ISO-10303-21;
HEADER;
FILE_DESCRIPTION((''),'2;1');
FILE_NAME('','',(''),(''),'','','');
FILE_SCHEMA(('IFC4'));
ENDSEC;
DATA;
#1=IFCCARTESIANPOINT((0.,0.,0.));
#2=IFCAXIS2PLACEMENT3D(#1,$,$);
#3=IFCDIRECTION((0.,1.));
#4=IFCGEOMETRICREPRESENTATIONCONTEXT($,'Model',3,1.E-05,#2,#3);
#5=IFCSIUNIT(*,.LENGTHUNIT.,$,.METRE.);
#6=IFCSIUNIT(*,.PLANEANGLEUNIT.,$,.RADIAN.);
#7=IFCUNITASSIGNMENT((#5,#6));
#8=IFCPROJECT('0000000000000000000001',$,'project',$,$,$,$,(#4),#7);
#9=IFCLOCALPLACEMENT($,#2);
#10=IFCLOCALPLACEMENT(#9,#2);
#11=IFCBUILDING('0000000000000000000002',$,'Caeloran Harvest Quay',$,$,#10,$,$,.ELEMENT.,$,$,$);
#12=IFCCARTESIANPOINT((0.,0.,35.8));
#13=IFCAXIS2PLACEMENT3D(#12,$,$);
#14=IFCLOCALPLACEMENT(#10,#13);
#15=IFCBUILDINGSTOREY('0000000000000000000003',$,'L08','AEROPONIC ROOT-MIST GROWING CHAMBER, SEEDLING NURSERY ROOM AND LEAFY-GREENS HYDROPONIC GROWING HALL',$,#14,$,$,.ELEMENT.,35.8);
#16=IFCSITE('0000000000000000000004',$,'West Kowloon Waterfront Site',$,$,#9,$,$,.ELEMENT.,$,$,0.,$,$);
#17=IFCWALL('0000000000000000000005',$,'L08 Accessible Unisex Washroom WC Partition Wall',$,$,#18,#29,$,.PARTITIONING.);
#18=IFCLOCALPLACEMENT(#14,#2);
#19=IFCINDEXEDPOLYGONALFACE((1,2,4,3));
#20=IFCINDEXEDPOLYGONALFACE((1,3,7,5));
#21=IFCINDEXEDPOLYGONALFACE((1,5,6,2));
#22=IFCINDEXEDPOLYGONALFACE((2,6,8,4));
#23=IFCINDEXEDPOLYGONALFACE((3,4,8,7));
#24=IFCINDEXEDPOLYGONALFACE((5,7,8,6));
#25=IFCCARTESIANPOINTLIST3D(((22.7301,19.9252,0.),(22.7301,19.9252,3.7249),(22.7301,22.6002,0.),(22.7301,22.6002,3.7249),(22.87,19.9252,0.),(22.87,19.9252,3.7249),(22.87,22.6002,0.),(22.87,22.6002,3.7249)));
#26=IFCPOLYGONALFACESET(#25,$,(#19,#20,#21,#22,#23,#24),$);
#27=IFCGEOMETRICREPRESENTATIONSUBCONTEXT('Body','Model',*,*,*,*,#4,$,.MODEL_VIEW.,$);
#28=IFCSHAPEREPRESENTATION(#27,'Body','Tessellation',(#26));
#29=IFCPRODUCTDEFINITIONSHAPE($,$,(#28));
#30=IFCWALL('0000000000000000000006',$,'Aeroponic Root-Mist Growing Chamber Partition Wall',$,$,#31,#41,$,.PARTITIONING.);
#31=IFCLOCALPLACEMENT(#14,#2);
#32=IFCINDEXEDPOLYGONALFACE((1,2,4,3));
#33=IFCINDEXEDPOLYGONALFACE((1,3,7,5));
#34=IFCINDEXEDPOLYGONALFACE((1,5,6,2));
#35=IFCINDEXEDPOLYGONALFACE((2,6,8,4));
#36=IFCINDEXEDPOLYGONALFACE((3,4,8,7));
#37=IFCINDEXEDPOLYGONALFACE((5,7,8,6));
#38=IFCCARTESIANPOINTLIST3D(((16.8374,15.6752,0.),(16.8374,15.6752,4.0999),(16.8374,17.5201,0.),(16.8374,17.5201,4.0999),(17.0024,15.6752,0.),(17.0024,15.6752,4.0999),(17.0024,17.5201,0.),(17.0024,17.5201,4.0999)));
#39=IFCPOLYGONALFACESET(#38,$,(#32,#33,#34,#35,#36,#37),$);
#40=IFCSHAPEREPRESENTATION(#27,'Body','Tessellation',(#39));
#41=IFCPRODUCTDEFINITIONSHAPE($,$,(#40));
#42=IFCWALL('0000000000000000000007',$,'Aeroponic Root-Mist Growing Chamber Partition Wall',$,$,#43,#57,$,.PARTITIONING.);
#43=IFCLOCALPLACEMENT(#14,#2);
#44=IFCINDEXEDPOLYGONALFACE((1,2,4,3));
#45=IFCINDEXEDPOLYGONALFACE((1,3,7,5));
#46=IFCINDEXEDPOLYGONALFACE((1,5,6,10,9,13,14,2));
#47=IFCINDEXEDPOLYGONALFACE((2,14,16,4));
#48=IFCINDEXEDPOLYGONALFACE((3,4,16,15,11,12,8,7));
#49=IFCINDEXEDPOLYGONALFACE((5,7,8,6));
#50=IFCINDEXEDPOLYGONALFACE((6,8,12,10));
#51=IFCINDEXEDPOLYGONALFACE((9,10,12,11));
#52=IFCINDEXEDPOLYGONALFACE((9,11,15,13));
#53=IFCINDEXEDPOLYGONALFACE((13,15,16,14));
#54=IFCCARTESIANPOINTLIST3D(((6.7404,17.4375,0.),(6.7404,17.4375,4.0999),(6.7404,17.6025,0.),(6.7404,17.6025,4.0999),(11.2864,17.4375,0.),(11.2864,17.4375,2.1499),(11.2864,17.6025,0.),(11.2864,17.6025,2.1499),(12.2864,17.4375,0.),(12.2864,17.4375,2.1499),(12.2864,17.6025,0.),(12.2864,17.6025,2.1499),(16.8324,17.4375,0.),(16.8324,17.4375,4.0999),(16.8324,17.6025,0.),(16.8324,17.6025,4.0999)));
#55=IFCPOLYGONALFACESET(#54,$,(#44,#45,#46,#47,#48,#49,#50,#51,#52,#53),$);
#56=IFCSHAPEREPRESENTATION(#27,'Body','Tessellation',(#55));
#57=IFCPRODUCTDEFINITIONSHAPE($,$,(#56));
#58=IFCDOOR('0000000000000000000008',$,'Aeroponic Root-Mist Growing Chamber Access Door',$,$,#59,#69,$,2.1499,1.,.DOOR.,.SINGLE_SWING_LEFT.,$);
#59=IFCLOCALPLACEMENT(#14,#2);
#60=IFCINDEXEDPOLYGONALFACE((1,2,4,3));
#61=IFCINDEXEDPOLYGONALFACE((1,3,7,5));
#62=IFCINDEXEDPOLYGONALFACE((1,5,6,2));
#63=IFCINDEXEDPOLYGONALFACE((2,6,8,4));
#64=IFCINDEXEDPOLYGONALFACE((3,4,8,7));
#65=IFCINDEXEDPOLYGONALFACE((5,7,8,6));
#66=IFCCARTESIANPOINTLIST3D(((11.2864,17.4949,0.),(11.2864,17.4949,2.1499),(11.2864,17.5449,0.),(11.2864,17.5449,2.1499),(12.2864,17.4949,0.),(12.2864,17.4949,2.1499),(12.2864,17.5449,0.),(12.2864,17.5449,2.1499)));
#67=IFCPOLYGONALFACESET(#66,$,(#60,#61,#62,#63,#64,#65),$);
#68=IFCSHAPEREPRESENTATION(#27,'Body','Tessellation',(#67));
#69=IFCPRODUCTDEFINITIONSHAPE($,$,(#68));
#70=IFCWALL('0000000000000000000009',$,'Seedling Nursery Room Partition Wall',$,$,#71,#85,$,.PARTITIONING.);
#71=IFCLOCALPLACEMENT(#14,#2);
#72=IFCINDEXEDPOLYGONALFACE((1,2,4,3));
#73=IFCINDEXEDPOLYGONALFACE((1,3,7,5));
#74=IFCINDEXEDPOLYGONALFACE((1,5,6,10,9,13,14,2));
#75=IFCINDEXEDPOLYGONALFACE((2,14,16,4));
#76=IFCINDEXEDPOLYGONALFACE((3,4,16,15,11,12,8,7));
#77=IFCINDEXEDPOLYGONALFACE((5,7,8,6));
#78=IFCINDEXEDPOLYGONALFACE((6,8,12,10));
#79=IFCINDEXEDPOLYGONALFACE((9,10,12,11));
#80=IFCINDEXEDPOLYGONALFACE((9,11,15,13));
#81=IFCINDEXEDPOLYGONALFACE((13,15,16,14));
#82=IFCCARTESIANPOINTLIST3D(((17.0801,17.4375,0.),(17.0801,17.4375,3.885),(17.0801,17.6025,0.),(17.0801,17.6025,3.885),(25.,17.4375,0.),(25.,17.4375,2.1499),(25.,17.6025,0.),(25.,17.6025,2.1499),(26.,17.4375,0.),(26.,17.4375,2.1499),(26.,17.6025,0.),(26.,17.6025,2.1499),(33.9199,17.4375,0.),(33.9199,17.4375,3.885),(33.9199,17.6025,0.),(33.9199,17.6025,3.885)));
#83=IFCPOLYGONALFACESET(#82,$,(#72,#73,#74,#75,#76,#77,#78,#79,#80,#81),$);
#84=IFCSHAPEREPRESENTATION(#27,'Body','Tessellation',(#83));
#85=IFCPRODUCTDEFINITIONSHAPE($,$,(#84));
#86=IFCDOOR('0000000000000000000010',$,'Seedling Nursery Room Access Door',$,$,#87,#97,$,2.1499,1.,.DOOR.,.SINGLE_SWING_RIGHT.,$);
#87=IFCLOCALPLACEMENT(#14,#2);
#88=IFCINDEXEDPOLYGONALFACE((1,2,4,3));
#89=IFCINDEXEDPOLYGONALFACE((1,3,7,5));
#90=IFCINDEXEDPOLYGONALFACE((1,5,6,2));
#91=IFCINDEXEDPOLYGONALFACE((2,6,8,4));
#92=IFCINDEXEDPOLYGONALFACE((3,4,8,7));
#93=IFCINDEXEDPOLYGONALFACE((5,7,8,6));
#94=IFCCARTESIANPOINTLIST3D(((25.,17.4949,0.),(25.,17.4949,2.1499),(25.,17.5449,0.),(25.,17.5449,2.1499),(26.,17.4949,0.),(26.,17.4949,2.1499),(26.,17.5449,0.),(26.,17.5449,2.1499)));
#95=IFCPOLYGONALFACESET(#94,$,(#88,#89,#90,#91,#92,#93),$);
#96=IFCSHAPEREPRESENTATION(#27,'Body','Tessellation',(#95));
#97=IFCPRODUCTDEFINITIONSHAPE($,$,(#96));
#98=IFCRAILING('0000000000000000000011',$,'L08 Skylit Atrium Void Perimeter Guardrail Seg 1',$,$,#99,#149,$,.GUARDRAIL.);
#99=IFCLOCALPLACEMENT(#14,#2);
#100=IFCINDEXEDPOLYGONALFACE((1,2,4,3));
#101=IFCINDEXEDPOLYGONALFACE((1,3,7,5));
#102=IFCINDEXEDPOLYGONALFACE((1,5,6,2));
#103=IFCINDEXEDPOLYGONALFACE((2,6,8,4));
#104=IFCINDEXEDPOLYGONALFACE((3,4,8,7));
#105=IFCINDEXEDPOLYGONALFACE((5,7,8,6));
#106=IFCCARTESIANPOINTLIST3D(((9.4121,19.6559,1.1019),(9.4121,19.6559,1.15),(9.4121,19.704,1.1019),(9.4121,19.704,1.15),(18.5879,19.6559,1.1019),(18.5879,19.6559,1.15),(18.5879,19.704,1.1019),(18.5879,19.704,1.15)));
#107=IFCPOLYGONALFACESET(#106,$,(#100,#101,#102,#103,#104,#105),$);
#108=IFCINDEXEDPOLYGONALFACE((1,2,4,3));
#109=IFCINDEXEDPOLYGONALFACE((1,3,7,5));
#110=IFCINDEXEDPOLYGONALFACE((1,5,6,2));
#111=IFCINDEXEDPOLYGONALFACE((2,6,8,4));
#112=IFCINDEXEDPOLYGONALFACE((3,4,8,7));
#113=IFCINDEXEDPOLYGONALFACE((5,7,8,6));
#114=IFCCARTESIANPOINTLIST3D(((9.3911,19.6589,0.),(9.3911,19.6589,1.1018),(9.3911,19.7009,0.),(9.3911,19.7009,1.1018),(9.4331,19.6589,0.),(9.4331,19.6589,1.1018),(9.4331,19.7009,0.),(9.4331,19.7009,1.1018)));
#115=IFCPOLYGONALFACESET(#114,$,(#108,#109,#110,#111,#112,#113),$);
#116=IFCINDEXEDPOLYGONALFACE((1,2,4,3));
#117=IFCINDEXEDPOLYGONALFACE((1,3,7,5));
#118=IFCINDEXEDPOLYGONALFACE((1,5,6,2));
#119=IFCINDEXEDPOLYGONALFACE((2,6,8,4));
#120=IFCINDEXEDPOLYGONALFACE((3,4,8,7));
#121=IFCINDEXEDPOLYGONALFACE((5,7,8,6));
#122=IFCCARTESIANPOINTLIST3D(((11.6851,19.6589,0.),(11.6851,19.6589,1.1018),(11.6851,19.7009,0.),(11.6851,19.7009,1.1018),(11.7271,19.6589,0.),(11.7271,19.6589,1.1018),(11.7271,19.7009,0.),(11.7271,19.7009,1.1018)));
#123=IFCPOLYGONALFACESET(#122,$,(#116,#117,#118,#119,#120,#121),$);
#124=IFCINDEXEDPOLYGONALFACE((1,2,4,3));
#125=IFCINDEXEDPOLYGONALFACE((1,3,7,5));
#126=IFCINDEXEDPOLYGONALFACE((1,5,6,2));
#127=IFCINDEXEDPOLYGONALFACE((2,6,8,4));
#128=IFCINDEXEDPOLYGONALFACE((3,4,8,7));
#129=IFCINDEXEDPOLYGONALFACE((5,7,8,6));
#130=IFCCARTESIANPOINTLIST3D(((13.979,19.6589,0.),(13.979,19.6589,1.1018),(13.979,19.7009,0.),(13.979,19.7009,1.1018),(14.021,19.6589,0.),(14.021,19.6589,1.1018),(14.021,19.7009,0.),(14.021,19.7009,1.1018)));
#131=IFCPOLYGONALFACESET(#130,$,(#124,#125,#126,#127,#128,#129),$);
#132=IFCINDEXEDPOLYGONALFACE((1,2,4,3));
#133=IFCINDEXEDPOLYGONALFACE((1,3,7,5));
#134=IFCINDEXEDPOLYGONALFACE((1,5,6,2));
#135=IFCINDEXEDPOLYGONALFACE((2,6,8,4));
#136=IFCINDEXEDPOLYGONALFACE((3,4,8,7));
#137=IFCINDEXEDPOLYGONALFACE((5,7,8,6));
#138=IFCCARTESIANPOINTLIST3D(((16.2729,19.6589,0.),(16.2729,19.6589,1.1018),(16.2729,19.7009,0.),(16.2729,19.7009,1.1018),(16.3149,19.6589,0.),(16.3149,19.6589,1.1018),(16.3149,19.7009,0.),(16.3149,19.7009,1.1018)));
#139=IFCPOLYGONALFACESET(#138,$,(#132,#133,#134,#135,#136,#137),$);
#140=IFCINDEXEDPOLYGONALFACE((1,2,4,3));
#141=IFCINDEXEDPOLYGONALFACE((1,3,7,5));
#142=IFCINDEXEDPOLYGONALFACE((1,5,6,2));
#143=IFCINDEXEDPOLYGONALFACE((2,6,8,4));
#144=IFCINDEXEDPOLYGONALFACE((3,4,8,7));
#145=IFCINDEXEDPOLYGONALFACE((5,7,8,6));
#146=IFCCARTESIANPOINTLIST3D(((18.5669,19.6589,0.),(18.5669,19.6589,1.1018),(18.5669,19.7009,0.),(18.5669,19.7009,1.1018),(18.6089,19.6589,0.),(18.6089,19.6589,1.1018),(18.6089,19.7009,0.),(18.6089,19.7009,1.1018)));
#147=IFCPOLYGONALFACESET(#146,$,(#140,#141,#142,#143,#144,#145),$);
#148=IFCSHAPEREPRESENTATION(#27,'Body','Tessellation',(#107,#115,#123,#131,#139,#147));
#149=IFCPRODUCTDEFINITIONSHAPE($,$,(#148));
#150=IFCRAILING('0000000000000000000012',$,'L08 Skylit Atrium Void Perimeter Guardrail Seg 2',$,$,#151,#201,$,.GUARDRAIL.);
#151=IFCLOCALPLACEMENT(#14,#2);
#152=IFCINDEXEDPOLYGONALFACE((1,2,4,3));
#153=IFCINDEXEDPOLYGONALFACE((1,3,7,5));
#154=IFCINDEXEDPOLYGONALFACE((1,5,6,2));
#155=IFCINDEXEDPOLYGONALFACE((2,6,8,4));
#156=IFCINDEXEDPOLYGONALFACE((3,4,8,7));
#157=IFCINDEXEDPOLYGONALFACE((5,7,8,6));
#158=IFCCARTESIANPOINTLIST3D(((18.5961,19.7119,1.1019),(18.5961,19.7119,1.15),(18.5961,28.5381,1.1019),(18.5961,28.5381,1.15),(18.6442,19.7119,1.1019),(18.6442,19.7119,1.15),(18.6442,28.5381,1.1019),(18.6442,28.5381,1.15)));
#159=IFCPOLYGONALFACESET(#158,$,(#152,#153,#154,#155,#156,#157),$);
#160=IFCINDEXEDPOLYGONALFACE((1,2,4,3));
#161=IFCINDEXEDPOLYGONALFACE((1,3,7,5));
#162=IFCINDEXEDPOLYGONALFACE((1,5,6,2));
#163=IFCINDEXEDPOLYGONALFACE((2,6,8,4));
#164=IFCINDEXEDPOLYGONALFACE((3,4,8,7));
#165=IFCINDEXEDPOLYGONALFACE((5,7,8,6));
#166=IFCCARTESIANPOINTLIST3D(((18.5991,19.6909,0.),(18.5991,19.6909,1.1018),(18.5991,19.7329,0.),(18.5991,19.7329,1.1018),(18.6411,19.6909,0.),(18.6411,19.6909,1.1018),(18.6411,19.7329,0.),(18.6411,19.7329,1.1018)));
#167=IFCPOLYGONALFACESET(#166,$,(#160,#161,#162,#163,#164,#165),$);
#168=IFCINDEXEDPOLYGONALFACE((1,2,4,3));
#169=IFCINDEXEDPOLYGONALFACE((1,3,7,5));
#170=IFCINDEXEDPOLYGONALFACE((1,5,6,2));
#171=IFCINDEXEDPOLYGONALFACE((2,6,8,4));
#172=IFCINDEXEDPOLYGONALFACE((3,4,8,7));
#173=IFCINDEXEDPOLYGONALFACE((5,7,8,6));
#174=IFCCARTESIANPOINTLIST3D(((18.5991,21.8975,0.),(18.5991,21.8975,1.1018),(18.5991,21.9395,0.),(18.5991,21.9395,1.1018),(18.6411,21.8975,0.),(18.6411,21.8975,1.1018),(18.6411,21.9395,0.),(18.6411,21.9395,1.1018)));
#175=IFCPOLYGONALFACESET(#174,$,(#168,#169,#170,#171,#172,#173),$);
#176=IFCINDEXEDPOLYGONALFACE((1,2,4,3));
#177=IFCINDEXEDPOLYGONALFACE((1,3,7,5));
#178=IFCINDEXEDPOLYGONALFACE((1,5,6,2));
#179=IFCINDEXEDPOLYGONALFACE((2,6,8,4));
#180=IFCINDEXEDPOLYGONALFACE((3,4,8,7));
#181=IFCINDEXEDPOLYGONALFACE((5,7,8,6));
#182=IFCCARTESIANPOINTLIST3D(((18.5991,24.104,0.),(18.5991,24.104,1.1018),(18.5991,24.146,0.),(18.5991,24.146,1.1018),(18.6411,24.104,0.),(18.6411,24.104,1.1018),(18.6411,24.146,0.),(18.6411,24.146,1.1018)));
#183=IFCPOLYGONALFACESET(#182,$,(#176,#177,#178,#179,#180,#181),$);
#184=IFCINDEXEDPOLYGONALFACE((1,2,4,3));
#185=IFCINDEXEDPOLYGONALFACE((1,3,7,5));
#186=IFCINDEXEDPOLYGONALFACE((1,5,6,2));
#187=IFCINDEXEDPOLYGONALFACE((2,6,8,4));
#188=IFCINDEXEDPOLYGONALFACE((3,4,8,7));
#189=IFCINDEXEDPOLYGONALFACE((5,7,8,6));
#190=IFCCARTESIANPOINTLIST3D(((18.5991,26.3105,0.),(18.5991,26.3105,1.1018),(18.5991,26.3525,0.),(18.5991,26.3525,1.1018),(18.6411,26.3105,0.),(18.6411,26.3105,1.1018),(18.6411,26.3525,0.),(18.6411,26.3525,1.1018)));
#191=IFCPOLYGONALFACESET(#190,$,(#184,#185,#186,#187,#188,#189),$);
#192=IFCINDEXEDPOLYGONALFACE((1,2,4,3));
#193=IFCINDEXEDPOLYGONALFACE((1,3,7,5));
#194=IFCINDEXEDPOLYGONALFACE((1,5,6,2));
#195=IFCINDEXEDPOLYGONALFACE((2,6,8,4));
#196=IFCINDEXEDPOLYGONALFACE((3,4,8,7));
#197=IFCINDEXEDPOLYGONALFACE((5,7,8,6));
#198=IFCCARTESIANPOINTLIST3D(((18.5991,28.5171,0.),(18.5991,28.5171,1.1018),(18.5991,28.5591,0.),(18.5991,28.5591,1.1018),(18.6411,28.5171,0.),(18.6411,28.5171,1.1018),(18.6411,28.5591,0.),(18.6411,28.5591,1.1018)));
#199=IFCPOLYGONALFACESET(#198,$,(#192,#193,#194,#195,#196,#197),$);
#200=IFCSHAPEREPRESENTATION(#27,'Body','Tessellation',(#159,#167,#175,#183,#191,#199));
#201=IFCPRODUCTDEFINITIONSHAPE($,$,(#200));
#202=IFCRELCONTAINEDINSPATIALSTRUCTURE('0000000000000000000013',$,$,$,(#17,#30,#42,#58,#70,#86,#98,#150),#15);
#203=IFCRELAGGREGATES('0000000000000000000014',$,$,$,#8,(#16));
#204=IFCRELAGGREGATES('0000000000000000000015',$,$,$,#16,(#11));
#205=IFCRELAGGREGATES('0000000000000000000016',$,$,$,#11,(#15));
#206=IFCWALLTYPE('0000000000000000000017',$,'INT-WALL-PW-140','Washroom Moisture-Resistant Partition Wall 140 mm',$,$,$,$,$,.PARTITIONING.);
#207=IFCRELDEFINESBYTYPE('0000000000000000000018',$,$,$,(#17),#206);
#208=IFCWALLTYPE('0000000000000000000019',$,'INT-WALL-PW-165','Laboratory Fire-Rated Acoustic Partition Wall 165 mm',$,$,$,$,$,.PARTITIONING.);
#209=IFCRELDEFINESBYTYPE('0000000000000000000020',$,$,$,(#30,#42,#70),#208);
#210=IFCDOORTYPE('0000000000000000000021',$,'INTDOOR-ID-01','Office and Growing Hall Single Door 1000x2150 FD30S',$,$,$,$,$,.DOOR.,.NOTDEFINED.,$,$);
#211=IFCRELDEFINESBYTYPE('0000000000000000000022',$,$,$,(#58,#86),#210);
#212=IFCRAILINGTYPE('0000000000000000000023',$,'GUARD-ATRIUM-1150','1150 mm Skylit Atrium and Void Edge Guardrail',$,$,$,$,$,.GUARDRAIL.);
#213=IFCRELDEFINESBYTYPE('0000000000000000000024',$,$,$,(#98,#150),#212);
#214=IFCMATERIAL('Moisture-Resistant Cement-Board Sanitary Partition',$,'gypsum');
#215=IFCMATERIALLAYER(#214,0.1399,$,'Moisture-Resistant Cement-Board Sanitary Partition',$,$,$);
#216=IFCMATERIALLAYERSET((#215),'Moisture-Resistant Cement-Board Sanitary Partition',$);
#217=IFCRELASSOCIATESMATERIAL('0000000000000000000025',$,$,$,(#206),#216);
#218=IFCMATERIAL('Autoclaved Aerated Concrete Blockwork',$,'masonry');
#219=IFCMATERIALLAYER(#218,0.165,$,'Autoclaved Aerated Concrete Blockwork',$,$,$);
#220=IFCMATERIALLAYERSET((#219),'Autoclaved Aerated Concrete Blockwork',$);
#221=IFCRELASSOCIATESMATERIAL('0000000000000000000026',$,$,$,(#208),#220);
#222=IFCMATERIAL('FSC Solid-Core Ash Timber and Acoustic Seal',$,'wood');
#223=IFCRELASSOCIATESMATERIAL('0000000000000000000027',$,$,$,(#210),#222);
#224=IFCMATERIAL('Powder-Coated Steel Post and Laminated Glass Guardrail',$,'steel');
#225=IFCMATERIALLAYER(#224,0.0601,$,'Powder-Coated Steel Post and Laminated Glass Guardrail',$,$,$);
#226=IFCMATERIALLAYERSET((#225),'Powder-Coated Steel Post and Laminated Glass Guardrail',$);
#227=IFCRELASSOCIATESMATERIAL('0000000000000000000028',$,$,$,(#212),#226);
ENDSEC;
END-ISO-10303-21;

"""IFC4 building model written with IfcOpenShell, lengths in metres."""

from ifc_helpers import new_model, si_unit, direction, frame, frame_2d, origin, origin_2d, place, context, subcontext, project, spatial, rectangle, extrude, material, layer, layer_set, type_object, element, fill, save


model = new_model("IFC4")

# Units and contexts
model_context = context("Model", 3, precision=1e-05, world=origin(), true_north=direction((0.0, 1.0)))
body_context = subcontext(model_context, "Body", "Model", "MODEL_VIEW")
ifc_project = project(units=[si_unit("LENGTHUNIT", "METRE"), si_unit("PLANEANGLEUNIT", "RADIAN")], contexts=[model_context])

# Site, building, storey
site_placement = place(None, origin())
site = spatial("IfcSite", under=ifc_project, at=site_placement, Name="West Kowloon Waterfront Site", CompositionType="ELEMENT", RefElevation=0.0)
building_placement = place(site_placement, origin())
building = spatial("IfcBuilding", under=site, at=building_placement, Name="Caeloran Harvest Quay", CompositionType="ELEMENT")
storey_placement = place(building_placement, frame((0.0, 0.0, 35.8)))
storey = spatial("IfcBuildingStorey", under=building, at=storey_placement, Name="L08", Description="AEROPONIC ROOT-MIST GROWING CHAMBER, SEEDLING NURSERY ROOM AND LEAFY-GREENS HYDROPONIC GROWING HALL", CompositionType="ELEMENT", Elevation=35.8)

# Shared definitions
ifc_material_1 = material(Name="Moisture-Resistant Cement-Board Sanitary Partition", Category="gypsum")
ifc_layer_1 = layer(ifc_material_1, 0.1399, Name="Moisture-Resistant Cement-Board Sanitary Partition")
ifc_layer_set_1 = layer_set([ifc_layer_1], Name="Moisture-Resistant Cement-Board Sanitary Partition")
wall_type_1 = type_object("IfcWallType", Name="INT-WALL-PW-140", Description="Washroom Moisture-Resistant Partition Wall 140 mm", PredefinedType="PARTITIONING", material=ifc_layer_set_1)

# Walls
wall_1_placement = place(storey_placement, frame((22.8, 22.6001, 0.0), z_axis=(0.0, 0.0, 1.0), x_axis=(0.0, -1.0, 0.0)))
element("IfcWall", 1, at=wall_1_placement, inside=storey, type_object=wall_type_1, Name="L08 Accessible Unisex Washroom WC Partition Wall", PredefinedType="PARTITIONING", context=body_context, shape_type="SweptSolid", body=[
    extrude(rectangle(XDim=2.675, YDim=0.1399, at=frame_2d((1.3374, 0.0))), origin(), (0.0, 0.0, 1.0), 3.7249),
])
ifc_material_2 = material(Name="Autoclaved Aerated Concrete Blockwork", Category="masonry")
ifc_layer_2 = layer(ifc_material_2, 0.165, Name="Autoclaved Aerated Concrete Blockwork")
ifc_layer_set_2 = layer_set([ifc_layer_2], Name="Autoclaved Aerated Concrete Blockwork")
wall_type_2 = type_object("IfcWallType", Name="INT-WALL-PW-165", Description="Laboratory Fire-Rated Acoustic Partition Wall 165 mm", PredefinedType="PARTITIONING", material=ifc_layer_set_2)
wall_2_placement = place(storey_placement, frame((16.9199, 17.52, 0.0), z_axis=(0.0, 0.0, 1.0), x_axis=(0.0, -1.0, 0.0)))
element("IfcWall", 2, at=wall_2_placement, inside=storey, type_object=wall_type_2, Name="Aeroponic Root-Mist Growing Chamber Partition Wall", PredefinedType="PARTITIONING", context=body_context, shape_type="SweptSolid", body=[
    extrude(rectangle(XDim=1.845, YDim=0.165, at=frame_2d((0.9224, 0.0))), origin(), (0.0, 0.0, 1.0), 4.0999),
])

# Walls, openings, doors
wall_3_placement = place(storey_placement, frame((6.7405, 17.52, 0.0), z_axis=(0.0, 0.0, 1.0), x_axis=(1.0, 0.0, 0.0)))
wall_3 = element("IfcWall", 3, at=wall_3_placement, inside=storey, type_object=wall_type_2, Name="Aeroponic Root-Mist Growing Chamber Partition Wall", PredefinedType="PARTITIONING", context=body_context, shape_type="SweptSolid", body=[
    extrude(rectangle(XDim=10.092, YDim=0.165, at=frame_2d((5.0459, 0.0))), origin(), (0.0, 0.0, 1.0), 4.0999),
])
opening_1_placement = place(wall_3_placement, frame((4.5459, 0.0, 0.0)))
opening_1 = element("IfcOpeningElement", 4, at=opening_1_placement, cuts=wall_3, PredefinedType="OPENING", context=body_context, shape_type="SweptSolid", body=[
    extrude(rectangle(XDim=1.0, YDim=2.1499, at=frame_2d((0.5, 1.075))), frame((0.0, 0.0925, 0.0), z_axis=(0.0, -1.0, 0.0), x_axis=(1.0, 0.0, 0.0)), (0.0, 0.0, 1.0), 0.1851),
])
ifc_material_3 = material(Name="FSC Solid-Core Ash Timber and Acoustic Seal", Category="wood")
door_type_1 = type_object("IfcDoorType", Name="INTDOOR-ID-01", Description="Office and Growing Hall Single Door 1000x2150 FD30S", OperationType="NOTDEFINED", PredefinedType="DOOR", material=ifc_material_3)
door_1_placement = place(opening_1_placement, origin())
door_1 = element("IfcDoor", 5, at=door_1_placement, inside=storey, type_object=door_type_1, Name="Aeroponic Root-Mist Growing Chamber Access Door", OperationType="SINGLE_SWING_LEFT", OverallHeight=2.1499, OverallWidth=1.0, PredefinedType="DOOR", context=body_context, shape_type="SweptSolid", body=[
    extrude(rectangle(XDim=1.0, YDim=2.1499, at=frame_2d((0.5, 1.075))), frame((0.0, 0.0249, 0.0), z_axis=(0.0, -1.0, 0.0), x_axis=(1.0, 0.0, 0.0)), (0.0, 0.0, 1.0), 0.05),
])
fill(opening_1, door_1)
wall_4_placement = place(storey_placement, frame((17.0801, 17.52, 0.0), z_axis=(0.0, 0.0, 1.0), x_axis=(1.0, 0.0, 0.0)))
wall_4 = element("IfcWall", 6, at=wall_4_placement, inside=storey, type_object=wall_type_2, Name="Seedling Nursery Room Partition Wall", PredefinedType="PARTITIONING", context=body_context, shape_type="SweptSolid", body=[
    extrude(rectangle(XDim=16.8398, YDim=0.165, at=frame_2d((8.4199, 0.0))), origin(), (0.0, 0.0, 1.0), 3.885),
])
opening_2_placement = place(wall_4_placement, frame((7.9199, 0.0, 0.0)))
opening_2 = element("IfcOpeningElement", 7, at=opening_2_placement, cuts=wall_4, PredefinedType="OPENING", context=body_context, shape_type="SweptSolid", body=[
    extrude(rectangle(XDim=1.0, YDim=2.1499, at=frame_2d((0.5, 1.075))), frame((0.0, 0.0925, 0.0), z_axis=(0.0, -1.0, 0.0), x_axis=(1.0, 0.0, 0.0)), (0.0, 0.0, 1.0), 0.1851),
])
door_2_placement = place(opening_2_placement, origin())
door_2 = element("IfcDoor", 8, at=door_2_placement, inside=storey, type_object=door_type_1, Name="Seedling Nursery Room Access Door", OperationType="SINGLE_SWING_RIGHT", OverallHeight=2.1499, OverallWidth=1.0, PredefinedType="DOOR", context=body_context, shape_type="SweptSolid", body=[
    extrude(rectangle(XDim=1.0, YDim=2.1499, at=frame_2d((0.5, 1.075))), frame((0.0, 0.0249, 0.0), z_axis=(0.0, -1.0, 0.0), x_axis=(1.0, 0.0, 0.0)), (0.0, 0.0, 1.0), 0.05),
])
fill(opening_2, door_2)

# Railings
ifc_material_4 = material(Name="Powder-Coated Steel Post and Laminated Glass Guardrail", Category="steel")
ifc_layer_3 = layer(ifc_material_4, 0.0601, Name="Powder-Coated Steel Post and Laminated Glass Guardrail")
ifc_layer_set_3 = layer_set([ifc_layer_3], Name="Powder-Coated Steel Post and Laminated Glass Guardrail")
railing_type = type_object("IfcRailingType", Name="GUARD-ATRIUM-1150", Description="1150 mm Skylit Atrium and Void Edge Guardrail", PredefinedType="GUARDRAIL", material=ifc_layer_set_3)
railing_1_placement = place(storey_placement, frame((9.4121, 19.6799, 0.0)))
element("IfcRailing", 9, at=railing_1_placement, inside=storey, type_object=railing_type, Name="L08 Skylit Atrium Void Perimeter Guardrail Seg 1", PredefinedType="GUARDRAIL", context=body_context, shape_type="SweptSolid", body=[
    extrude(rectangle(XDim=0.0481, YDim=0.0481, at=origin_2d()), frame((0.0, 0.0, 1.126), z_axis=(1.0, 0.0, 0.0), x_axis=(0.0, 1.0, 0.0)), (0.0, 0.0, 1.0), 9.1758),
    extrude(rectangle(XDim=0.042, YDim=0.042, at=origin_2d()), origin(), (0.0, 0.0, 1.0), 1.1018),
    extrude(rectangle(XDim=0.042, YDim=0.042, at=origin_2d()), frame((2.2939, 0.0, 0.0)), (0.0, 0.0, 1.0), 1.1018),
    extrude(rectangle(XDim=0.042, YDim=0.042, at=origin_2d()), frame((4.5879, 0.0, 0.0)), (0.0, 0.0, 1.0), 1.1018),
    extrude(rectangle(XDim=0.042, YDim=0.042, at=origin_2d()), frame((6.8818, 0.0, 0.0)), (0.0, 0.0, 1.0), 1.1018),
    extrude(rectangle(XDim=0.042, YDim=0.042, at=origin_2d()), frame((9.1758, 0.0, 0.0)), (0.0, 0.0, 1.0), 1.1018),
])
railing_2_placement = place(storey_placement, frame((18.6201, 19.7119, 0.0)))
element("IfcRailing", 10, at=railing_2_placement, inside=storey, type_object=railing_type, Name="L08 Skylit Atrium Void Perimeter Guardrail Seg 2", PredefinedType="GUARDRAIL", context=body_context, shape_type="SweptSolid", body=[
    extrude(rectangle(XDim=0.0481, YDim=0.0481, at=origin_2d()), frame((0.0, 0.0, 1.126), z_axis=(0.0, 1.0, 0.0), x_axis=(-1.0, 0.0, 0.0)), (0.0, 0.0, 1.0), 8.8262),
    extrude(rectangle(XDim=0.042, YDim=0.042, at=origin_2d()), origin(), (0.0, 0.0, 1.0), 1.1018),
    extrude(rectangle(XDim=0.042, YDim=0.042, at=origin_2d()), frame((0.0, 2.2065, 0.0)), (0.0, 0.0, 1.0), 1.1018),
    extrude(rectangle(XDim=0.042, YDim=0.042, at=origin_2d()), frame((0.0, 4.4131, 0.0)), (0.0, 0.0, 1.0), 1.1018),
    extrude(rectangle(XDim=0.042, YDim=0.042, at=origin_2d()), frame((0.0, 6.6196, 0.0)), (0.0, 0.0, 1.0), 1.1018),
    extrude(rectangle(XDim=0.042, YDim=0.042, at=origin_2d()), frame((0.0, 8.8262, 0.0)), (0.0, 0.0, 1.0), 1.1018),
])

save(model, "model.ifc")
